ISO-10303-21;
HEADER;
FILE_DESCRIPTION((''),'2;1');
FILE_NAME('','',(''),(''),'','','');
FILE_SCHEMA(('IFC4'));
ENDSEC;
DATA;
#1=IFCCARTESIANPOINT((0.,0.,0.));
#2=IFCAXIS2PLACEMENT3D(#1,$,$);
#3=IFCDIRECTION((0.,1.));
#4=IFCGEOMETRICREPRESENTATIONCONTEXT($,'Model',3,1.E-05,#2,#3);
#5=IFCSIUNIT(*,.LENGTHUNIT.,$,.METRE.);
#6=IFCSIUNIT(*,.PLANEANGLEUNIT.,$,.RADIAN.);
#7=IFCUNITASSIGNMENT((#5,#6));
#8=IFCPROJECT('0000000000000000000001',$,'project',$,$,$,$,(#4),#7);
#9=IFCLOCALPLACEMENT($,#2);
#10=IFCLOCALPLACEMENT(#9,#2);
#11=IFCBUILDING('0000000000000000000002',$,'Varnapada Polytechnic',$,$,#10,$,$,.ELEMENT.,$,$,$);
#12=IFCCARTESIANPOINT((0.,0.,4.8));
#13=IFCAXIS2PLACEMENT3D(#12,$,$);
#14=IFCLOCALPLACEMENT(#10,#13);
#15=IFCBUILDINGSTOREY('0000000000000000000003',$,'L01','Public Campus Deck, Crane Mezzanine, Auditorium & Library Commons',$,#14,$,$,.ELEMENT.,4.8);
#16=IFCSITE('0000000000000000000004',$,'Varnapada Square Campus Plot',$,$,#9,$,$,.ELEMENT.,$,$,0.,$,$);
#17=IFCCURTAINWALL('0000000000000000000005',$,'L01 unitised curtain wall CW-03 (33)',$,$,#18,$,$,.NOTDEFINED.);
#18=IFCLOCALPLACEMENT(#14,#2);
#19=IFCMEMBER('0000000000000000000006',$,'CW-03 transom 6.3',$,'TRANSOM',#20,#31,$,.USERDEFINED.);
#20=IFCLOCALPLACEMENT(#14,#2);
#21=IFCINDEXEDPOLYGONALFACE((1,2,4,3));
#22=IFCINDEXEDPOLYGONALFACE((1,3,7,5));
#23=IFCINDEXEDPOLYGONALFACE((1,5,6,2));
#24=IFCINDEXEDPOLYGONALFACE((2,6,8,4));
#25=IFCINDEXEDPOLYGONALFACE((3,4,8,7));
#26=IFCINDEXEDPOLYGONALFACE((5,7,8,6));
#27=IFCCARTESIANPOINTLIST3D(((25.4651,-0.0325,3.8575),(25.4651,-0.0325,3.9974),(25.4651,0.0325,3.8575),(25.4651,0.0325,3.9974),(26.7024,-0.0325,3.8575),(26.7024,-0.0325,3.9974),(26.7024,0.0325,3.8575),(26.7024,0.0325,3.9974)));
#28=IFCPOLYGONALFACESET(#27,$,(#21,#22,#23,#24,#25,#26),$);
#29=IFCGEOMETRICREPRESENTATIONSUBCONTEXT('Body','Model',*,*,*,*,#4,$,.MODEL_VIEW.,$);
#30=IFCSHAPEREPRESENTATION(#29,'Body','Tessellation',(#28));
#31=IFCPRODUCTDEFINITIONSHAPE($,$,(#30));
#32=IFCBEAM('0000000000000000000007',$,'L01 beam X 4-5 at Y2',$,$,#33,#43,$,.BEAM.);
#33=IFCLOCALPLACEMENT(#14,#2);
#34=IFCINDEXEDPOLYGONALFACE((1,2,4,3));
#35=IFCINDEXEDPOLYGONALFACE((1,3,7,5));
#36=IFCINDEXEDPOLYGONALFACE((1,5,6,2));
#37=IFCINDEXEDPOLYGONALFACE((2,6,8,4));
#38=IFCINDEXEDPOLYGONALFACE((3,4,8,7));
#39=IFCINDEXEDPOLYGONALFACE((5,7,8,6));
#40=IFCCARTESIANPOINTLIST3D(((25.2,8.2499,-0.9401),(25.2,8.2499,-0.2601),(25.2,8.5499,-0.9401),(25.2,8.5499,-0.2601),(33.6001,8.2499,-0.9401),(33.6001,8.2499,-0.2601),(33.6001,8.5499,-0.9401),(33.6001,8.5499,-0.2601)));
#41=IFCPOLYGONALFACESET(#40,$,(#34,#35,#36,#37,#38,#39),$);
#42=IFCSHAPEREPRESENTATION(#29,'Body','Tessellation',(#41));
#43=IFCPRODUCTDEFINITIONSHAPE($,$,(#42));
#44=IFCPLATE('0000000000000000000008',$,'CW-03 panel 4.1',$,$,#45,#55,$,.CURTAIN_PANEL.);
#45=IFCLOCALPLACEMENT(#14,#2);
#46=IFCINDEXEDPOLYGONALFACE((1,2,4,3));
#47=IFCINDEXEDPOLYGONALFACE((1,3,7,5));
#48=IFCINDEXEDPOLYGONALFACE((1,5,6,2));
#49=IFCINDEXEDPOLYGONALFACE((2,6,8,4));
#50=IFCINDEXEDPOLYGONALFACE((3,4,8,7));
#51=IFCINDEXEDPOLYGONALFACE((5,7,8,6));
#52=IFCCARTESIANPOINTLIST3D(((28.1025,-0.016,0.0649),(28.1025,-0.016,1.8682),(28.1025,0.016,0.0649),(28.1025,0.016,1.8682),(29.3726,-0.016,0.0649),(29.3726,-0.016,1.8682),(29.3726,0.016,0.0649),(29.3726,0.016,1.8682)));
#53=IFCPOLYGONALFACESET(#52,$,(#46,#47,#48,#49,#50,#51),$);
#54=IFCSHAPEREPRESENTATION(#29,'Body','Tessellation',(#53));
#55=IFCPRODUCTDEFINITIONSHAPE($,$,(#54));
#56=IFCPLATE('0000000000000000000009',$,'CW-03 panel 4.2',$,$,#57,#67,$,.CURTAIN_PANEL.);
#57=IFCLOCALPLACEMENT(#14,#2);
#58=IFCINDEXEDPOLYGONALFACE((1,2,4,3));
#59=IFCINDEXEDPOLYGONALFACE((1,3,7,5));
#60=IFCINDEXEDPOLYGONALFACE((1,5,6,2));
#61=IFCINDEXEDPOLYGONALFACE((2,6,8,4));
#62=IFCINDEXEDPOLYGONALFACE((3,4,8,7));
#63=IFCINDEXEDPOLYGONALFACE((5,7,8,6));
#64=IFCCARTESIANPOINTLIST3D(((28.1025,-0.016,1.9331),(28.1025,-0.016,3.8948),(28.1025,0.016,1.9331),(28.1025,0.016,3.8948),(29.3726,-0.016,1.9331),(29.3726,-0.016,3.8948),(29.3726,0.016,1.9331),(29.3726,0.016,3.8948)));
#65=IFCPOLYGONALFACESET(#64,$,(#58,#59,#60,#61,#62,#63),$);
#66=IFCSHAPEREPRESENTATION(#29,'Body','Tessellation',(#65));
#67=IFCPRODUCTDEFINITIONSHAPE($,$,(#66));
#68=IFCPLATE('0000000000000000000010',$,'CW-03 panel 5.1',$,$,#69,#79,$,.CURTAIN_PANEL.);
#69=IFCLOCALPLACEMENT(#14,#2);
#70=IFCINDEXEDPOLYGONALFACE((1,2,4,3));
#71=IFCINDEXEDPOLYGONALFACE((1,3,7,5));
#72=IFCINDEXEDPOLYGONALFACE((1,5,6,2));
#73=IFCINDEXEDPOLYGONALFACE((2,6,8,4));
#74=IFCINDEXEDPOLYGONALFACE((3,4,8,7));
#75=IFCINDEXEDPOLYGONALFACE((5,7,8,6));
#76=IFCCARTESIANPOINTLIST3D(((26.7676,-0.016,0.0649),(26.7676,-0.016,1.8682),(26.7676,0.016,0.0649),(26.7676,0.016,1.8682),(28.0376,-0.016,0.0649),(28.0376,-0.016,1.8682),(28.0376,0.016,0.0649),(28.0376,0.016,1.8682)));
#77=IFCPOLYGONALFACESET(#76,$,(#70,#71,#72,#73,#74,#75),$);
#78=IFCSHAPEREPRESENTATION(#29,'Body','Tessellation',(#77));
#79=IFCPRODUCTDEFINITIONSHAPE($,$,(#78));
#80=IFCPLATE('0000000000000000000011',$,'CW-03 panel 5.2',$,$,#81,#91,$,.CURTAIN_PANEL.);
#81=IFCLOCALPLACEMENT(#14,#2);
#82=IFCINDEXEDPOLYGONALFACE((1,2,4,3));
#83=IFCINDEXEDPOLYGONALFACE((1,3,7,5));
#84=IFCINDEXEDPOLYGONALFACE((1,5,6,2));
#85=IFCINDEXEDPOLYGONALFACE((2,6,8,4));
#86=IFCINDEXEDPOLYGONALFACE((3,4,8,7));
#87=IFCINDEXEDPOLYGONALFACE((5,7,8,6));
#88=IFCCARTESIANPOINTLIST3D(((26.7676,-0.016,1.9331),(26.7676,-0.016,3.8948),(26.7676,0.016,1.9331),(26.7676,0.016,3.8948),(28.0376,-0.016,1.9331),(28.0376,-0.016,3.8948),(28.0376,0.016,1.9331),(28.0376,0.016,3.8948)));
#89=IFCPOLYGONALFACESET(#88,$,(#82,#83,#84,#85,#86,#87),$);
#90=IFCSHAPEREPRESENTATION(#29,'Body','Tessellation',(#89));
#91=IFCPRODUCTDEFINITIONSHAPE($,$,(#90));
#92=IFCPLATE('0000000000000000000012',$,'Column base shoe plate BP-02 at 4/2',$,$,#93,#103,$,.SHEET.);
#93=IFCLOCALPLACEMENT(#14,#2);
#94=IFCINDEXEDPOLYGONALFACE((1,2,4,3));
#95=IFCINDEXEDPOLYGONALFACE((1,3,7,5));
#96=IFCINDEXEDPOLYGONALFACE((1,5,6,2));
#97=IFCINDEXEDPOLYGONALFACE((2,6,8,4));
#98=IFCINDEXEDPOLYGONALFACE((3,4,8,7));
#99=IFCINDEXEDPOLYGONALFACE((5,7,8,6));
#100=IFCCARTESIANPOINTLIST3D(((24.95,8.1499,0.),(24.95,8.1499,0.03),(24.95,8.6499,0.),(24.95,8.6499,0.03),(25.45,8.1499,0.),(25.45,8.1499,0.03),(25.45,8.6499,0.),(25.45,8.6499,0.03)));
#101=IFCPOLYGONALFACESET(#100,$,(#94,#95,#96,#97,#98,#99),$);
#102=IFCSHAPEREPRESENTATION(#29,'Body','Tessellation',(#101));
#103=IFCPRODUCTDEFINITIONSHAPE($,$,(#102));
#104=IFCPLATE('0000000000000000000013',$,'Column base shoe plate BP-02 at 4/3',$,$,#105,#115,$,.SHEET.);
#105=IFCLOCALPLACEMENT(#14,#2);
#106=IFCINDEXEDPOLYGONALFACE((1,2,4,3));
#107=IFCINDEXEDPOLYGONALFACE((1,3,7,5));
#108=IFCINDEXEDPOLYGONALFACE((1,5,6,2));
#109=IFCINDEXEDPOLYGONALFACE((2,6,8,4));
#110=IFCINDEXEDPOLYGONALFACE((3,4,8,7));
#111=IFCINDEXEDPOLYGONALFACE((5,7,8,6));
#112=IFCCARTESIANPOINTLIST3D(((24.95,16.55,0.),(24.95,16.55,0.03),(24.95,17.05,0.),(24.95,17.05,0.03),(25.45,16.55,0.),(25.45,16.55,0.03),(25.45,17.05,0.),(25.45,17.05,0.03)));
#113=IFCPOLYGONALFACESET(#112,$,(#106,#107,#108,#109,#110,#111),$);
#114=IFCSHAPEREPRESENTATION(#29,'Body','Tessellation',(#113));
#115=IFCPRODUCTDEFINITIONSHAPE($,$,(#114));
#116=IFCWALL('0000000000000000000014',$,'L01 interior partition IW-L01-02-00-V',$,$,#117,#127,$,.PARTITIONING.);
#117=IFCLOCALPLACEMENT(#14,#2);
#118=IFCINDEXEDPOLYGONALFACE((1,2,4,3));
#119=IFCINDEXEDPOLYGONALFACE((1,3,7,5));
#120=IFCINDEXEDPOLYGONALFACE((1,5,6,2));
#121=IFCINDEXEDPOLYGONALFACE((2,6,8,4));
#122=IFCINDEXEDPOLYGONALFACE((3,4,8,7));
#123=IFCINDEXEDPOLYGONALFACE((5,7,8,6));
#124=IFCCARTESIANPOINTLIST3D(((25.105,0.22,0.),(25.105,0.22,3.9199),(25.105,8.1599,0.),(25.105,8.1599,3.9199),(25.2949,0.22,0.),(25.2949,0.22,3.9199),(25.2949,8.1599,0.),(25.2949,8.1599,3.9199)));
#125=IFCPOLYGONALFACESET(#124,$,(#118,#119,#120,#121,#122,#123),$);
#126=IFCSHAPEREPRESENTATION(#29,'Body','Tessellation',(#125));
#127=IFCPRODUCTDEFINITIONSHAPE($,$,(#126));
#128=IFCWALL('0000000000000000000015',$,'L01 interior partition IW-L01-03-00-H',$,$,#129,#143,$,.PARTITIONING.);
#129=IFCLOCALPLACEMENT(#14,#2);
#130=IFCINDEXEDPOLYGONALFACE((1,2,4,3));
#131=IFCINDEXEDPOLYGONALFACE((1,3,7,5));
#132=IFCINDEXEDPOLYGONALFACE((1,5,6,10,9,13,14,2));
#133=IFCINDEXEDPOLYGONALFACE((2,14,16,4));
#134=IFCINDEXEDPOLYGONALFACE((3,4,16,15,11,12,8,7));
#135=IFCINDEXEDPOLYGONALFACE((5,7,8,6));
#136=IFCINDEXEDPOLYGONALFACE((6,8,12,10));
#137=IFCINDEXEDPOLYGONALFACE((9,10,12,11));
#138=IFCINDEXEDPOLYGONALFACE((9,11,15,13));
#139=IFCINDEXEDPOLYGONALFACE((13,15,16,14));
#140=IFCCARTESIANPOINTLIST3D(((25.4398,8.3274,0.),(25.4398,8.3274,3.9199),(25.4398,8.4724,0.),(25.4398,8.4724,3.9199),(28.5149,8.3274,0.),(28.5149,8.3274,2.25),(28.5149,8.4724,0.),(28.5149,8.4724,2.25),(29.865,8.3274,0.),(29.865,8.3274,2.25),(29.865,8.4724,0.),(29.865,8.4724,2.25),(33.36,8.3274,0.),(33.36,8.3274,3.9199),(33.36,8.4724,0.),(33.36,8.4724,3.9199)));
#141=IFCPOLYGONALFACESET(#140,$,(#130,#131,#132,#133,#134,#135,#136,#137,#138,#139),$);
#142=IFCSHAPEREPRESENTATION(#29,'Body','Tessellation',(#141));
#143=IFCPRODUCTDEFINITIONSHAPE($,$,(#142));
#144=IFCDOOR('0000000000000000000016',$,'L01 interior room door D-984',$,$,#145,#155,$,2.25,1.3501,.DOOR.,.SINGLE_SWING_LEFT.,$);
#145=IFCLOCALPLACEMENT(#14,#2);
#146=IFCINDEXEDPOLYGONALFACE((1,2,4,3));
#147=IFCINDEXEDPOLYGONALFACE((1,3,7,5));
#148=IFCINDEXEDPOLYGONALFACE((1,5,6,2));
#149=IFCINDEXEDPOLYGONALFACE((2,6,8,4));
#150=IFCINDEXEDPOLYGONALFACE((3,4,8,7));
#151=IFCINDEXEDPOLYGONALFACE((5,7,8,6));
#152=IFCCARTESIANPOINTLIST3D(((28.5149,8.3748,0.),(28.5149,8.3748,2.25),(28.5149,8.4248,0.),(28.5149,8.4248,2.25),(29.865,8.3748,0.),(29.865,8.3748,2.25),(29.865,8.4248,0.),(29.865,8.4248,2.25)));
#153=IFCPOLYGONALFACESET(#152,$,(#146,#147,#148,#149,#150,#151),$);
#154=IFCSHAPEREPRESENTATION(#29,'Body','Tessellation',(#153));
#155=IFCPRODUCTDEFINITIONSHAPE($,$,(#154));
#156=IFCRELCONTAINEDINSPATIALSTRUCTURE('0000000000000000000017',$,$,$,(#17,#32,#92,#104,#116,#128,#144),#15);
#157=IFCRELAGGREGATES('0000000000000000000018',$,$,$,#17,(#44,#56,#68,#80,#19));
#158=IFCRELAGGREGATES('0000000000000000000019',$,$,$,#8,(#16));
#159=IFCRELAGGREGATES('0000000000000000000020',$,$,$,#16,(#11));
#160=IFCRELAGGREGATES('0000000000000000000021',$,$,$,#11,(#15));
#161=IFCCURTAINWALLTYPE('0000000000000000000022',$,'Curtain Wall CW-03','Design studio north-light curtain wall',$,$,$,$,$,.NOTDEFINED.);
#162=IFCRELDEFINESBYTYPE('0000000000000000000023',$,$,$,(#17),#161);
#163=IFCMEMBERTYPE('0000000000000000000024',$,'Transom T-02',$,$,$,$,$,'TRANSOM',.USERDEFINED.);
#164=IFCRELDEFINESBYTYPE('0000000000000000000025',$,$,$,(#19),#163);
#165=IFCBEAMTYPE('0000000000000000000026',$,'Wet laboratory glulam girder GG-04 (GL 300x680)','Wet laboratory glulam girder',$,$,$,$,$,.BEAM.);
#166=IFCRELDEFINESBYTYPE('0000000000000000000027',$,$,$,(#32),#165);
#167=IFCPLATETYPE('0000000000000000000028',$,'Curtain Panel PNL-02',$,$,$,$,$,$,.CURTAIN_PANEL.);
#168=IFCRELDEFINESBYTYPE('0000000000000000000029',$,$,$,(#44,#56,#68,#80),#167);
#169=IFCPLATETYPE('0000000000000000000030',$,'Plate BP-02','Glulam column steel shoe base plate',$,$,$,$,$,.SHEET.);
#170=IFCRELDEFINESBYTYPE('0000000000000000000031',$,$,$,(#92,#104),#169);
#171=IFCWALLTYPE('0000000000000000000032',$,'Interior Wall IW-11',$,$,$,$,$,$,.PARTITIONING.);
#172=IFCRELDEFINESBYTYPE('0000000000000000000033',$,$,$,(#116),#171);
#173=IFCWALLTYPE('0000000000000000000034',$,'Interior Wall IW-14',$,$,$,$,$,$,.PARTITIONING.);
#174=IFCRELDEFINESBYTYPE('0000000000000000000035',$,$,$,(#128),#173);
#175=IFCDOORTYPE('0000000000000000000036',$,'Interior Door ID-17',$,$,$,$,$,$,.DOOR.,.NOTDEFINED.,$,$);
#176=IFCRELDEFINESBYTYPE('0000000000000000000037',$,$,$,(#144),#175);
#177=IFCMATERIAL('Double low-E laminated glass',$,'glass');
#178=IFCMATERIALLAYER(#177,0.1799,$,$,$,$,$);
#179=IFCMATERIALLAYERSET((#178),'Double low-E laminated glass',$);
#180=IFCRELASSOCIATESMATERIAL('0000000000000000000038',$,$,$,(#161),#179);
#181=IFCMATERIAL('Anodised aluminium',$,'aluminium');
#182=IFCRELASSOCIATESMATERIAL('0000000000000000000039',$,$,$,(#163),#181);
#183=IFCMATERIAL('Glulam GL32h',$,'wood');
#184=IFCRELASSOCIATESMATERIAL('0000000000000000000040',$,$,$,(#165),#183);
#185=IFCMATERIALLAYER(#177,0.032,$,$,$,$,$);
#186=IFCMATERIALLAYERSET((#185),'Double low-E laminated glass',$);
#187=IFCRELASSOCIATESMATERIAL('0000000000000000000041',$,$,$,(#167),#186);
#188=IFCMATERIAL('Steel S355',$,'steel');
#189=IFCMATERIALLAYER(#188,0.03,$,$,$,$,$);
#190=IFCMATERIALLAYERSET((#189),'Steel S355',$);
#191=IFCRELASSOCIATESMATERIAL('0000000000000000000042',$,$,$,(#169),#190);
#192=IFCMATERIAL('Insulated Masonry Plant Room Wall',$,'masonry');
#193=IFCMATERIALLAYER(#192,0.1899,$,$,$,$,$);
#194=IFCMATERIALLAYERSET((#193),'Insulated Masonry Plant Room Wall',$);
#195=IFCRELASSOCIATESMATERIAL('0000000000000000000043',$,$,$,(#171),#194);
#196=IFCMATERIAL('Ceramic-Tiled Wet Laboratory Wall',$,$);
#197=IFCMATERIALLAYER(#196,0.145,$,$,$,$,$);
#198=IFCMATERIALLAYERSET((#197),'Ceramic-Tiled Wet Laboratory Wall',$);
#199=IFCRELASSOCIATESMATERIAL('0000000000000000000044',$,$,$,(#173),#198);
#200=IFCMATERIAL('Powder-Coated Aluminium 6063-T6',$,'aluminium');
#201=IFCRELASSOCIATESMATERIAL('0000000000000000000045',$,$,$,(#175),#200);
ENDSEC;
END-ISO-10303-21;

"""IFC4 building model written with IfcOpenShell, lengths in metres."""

from ifc_helpers import new_model, si_unit, direction, frame, frame_2d, origin, origin_2d, place, context, subcontext, project, spatial, rectangle, extrude, material, layer, layer_set, material_profile, profile_set, type_object, element, fill, aggregate, save


model = new_model("IFC4")

# Units and contexts
model_context = context("Model", 3, precision=1e-05, world=origin(), true_north=direction((0.0, 1.0)))
body_context = subcontext(model_context, "Body", "Model", "MODEL_VIEW")
ifc_project = project(units=[si_unit("LENGTHUNIT", "METRE"), si_unit("PLANEANGLEUNIT", "RADIAN")], contexts=[model_context])

# Site, building, storey
site_placement = place(None, origin())
site = spatial("IfcSite", under=ifc_project, at=site_placement, Name="Varnapada Square Campus Plot", CompositionType="ELEMENT", RefElevation=0.0)
building_placement = place(site_placement, origin())
building = spatial("IfcBuilding", under=site, at=building_placement, Name="Varnapada Polytechnic", CompositionType="ELEMENT")
storey_placement = place(building_placement, frame((0.0, 0.0, 4.8)))
storey = spatial("IfcBuildingStorey", under=building, at=storey_placement, Name="L01", Description="Public Campus Deck, Crane Mezzanine, Auditorium & Library Commons", CompositionType="ELEMENT", Elevation=4.8)

# Shared definitions
ifc_material_1 = material(Name="Glulam GL32h", Category="wood")

# Curtain wall, member
ifc_material_2 = material(Name="Double low-E laminated glass", Category="glass")
ifc_layer_1 = layer(ifc_material_2, 0.1799)
ifc_layer_set_1 = layer_set([ifc_layer_1], Name="Double low-E laminated glass")
curtain_wall_type = type_object("IfcCurtainWallType", Name="Curtain Wall CW-03", Description="Design studio north-light curtain wall", PredefinedType="NOTDEFINED", material=ifc_layer_set_1)
curtain_wall_placement = place(storey_placement, origin())
curtain_wall = element("IfcCurtainWall", 1, at=curtain_wall_placement, inside=storey, type_object=curtain_wall_type, Name="L01 unitised curtain wall CW-03 (33)", PredefinedType="NOTDEFINED")
ifc_material_3 = material(Name="Anodised aluminium", Category="aluminium")
ifc_material_profile_1 = material_profile(ifc_material_3, rectangle(XDim=0.0649, YDim=0.1399, at=origin_2d()), Name="ALU T65x140")
ifc_profile_set_1 = profile_set([ifc_material_profile_1], Name="Anodised aluminium")
member_type_1 = type_object("IfcMemberType", Name="Transom T-02", ElementType="TRANSOM", PredefinedType="USERDEFINED", material=ifc_profile_set_1)
member_1_placement = place(storey_placement, frame((26.7024, 0.0, 3.9275), z_axis=(-1.0, 0.0, 0.0), x_axis=(0.0, -1.0, 0.0)))
member_1 = element("IfcMember", 2, at=member_1_placement, type_object=member_type_1, Name="CW-03 transom 6.3", ObjectType="TRANSOM", PredefinedType="USERDEFINED", context=body_context, shape_type="SweptSolid", body=[
    extrude(rectangle(XDim=0.0649, YDim=0.1399, at=origin_2d()), origin(), (0.0, 0.0, 1.0), 1.2373),
])

# Beam
ifc_material_profile_2 = material_profile(ifc_material_1, rectangle(XDim=0.3, YDim=0.6799, at=origin_2d()), Name="GL 300x680")
ifc_profile_set_2 = profile_set([ifc_material_profile_2], Name="Glulam GL32h")
beam_type_1 = type_object("IfcBeamType", Name="Wet laboratory glulam girder GG-04 (GL 300x680)", Description="Wet laboratory glulam girder", PredefinedType="BEAM", material=ifc_profile_set_2)
beam_1_placement = place(storey_placement, frame((25.2, 8.3999, -0.6001), z_axis=(1.0, 0.0, 0.0), x_axis=(0.0, 1.0, 0.0)))
element("IfcBeam", 3, at=beam_1_placement, inside=storey, type_object=beam_type_1, Name="L01 beam X 4-5 at Y2", PredefinedType="BEAM", context=body_context, shape_type="SweptSolid", body=[
    extrude(rectangle(XDim=0.3, YDim=0.6799, at=origin_2d()), origin(), (0.0, 0.0, 1.0), 8.4001),
])

# Plates
ifc_layer_2 = layer(ifc_material_2, 0.032)
ifc_layer_set_2 = layer_set([ifc_layer_2], Name="Double low-E laminated glass")
plate_type_1 = type_object("IfcPlateType", Name="Curtain Panel PNL-02", PredefinedType="CURTAIN_PANEL", material=ifc_layer_set_2)
plate_1_placement = place(storey_placement, frame((28.7375, 0.0, 0.0649), z_axis=(0.0, 0.0, 1.0), x_axis=(-1.0, 0.0, 0.0)))
plate_1 = element("IfcPlate", 4, at=plate_1_placement, type_object=plate_type_1, Name="CW-03 panel 4.1", PredefinedType="CURTAIN_PANEL", context=body_context, shape_type="SweptSolid", body=[
    extrude(rectangle(XDim=1.27, YDim=0.032, at=origin_2d()), origin(), (0.0, 0.0, 1.0), 1.8032),
])
plate_2_placement = place(storey_placement, frame((28.7375, 0.0, 1.9331), z_axis=(0.0, 0.0, 1.0), x_axis=(-1.0, 0.0, 0.0)))
plate_2 = element("IfcPlate", 5, at=plate_2_placement, type_object=plate_type_1, Name="CW-03 panel 4.2", PredefinedType="CURTAIN_PANEL", context=body_context, shape_type="SweptSolid", body=[
    extrude(rectangle(XDim=1.27, YDim=0.032, at=origin_2d()), origin(), (0.0, 0.0, 1.0), 1.9617),
])
plate_3_placement = place(storey_placement, frame((27.4026, 0.0, 0.0649), z_axis=(0.0, 0.0, 1.0), x_axis=(-1.0, 0.0, 0.0)))
plate_3 = element("IfcPlate", 6, at=plate_3_placement, type_object=plate_type_1, Name="CW-03 panel 5.1", PredefinedType="CURTAIN_PANEL", context=body_context, shape_type="SweptSolid", body=[
    extrude(rectangle(XDim=1.27, YDim=0.032, at=origin_2d()), origin(), (0.0, 0.0, 1.0), 1.8032),
])
plate_4_placement = place(storey_placement, frame((27.4026, 0.0, 1.9331), z_axis=(0.0, 0.0, 1.0), x_axis=(-1.0, 0.0, 0.0)))
plate_4 = element("IfcPlate", 7, at=plate_4_placement, type_object=plate_type_1, Name="CW-03 panel 5.2", PredefinedType="CURTAIN_PANEL", context=body_context, shape_type="SweptSolid", body=[
    extrude(rectangle(XDim=1.27, YDim=0.032, at=origin_2d()), origin(), (0.0, 0.0, 1.0), 1.9617),
])
aggregate(curtain_wall, [plate_1, plate_2, plate_3, plate_4, member_1])

# Plates
ifc_material_4 = material(Name="Steel S355", Category="steel")
ifc_layer_3 = layer(ifc_material_4, 0.03)
ifc_layer_set_3 = layer_set([ifc_layer_3], Name="Steel S355")
plate_type_2 = type_object("IfcPlateType", Name="Plate BP-02", Description="Glulam column steel shoe base plate", PredefinedType="SHEET", material=ifc_layer_set_3)
for number, where, z_axis, x_axis, name in (
    (8, (25.2, 8.3999, 0.0), (0.0, 0.0, 1.0), (1.0, 0.0, 0.0), "Column base shoe plate BP-02 at 4/2"),
    (9, (25.2, 16.8, 0.0), (0.0, 0.0, 1.0), (1.0, 0.0, 0.0), "Column base shoe plate BP-02 at 4/3"),
):
    element("IfcPlate", number, at=place(storey_placement, frame(where, z_axis=z_axis, x_axis=x_axis)), inside=storey, type_object=plate_type_2, Name=name, PredefinedType="SHEET", context=body_context, shape_type="SweptSolid", body=[
        extrude(rectangle(XDim=0.5, YDim=0.5, at=origin_2d()), origin(), (0.0, 0.0, 1.0), 0.03),
    ])

# Wall
ifc_material_5 = material(Name="Insulated Masonry Plant Room Wall", Category="masonry")
ifc_layer_4 = layer(ifc_material_5, 0.1899)
ifc_layer_set_4 = layer_set([ifc_layer_4], Name="Insulated Masonry Plant Room Wall")
wall_type_1 = type_object("IfcWallType", Name="Interior Wall IW-11", PredefinedType="PARTITIONING", material=ifc_layer_set_4)
wall_1_placement = place(storey_placement, frame((25.2, 0.22, 0.0), z_axis=(0.0, 0.0, 1.0), x_axis=(0.0, 1.0, 0.0)))
element("IfcWall", 10, at=wall_1_placement, inside=storey, type_object=wall_type_1, Name="L01 interior partition IW-L01-02-00-V", PredefinedType="PARTITIONING", context=body_context, shape_type="SweptSolid", body=[
    extrude(rectangle(XDim=7.9399, YDim=0.1899, at=frame_2d((3.97, 0.0))), origin(), (0.0, 0.0, 1.0), 3.9199),
])

# Wall, opening, door
ifc_material_6 = material(Name="Ceramic-Tiled Wet Laboratory Wall")
ifc_layer_5 = layer(ifc_material_6, 0.145)
ifc_layer_set_5 = layer_set([ifc_layer_5], Name="Ceramic-Tiled Wet Laboratory Wall")
wall_type_2 = type_object("IfcWallType", Name="Interior Wall IW-14", PredefinedType="PARTITIONING", material=ifc_layer_set_5)
wall_2_placement = place(storey_placement, frame((25.4399, 8.3999, 0.0), z_axis=(0.0, 0.0, 1.0), x_axis=(1.0, 0.0, 0.0)))
wall_2 = element("IfcWall", 11, at=wall_2_placement, inside=storey, type_object=wall_type_2, Name="L01 interior partition IW-L01-03-00-H", PredefinedType="PARTITIONING", context=body_context, shape_type="SweptSolid", body=[
    extrude(rectangle(XDim=7.9202, YDim=0.145, at=frame_2d((3.96, 0.0))), origin(), (0.0, 0.0, 1.0), 3.9199),
])
opening_1_placement = place(wall_2_placement, frame((3.075, 0.0, 0.0)))
opening_1 = element("IfcOpeningElement", 12, at=opening_1_placement, cuts=wall_2, PredefinedType="OPENING", context=body_context, shape_type="SweptSolid", body=[
    extrude(rectangle(XDim=1.3501, YDim=2.25, at=frame_2d((0.675, 1.125))), frame((0.0, 0.0825, 0.0), z_axis=(0.0, -1.0, 0.0), x_axis=(1.0, 0.0, 0.0)), (0.0, 0.0, 1.0), 0.165),
])
ifc_material_7 = material(Name="Powder-Coated Aluminium 6063-T6", Category="aluminium")
door_type = type_object("IfcDoorType", Name="Interior Door ID-17", OperationType="NOTDEFINED", PredefinedType="DOOR", material=ifc_material_7)
door_placement = place(opening_1_placement, origin())
door = element("IfcDoor", 13, at=door_placement, inside=storey, type_object=door_type, Name="L01 interior room door D-984", OperationType="SINGLE_SWING_LEFT", OverallHeight=2.25, OverallWidth=1.3501, PredefinedType="DOOR", context=body_context, shape_type="SweptSolid", body=[
    extrude(rectangle(XDim=1.3501, YDim=2.25, at=frame_2d((0.675, 1.125))), frame((0.0, 0.0249, 0.0), z_axis=(0.0, -1.0, 0.0), x_axis=(1.0, 0.0, 0.0)), (0.0, 0.0, 1.0), 0.05),
])
fill(opening_1, door)

save(model, "model.ifc")
